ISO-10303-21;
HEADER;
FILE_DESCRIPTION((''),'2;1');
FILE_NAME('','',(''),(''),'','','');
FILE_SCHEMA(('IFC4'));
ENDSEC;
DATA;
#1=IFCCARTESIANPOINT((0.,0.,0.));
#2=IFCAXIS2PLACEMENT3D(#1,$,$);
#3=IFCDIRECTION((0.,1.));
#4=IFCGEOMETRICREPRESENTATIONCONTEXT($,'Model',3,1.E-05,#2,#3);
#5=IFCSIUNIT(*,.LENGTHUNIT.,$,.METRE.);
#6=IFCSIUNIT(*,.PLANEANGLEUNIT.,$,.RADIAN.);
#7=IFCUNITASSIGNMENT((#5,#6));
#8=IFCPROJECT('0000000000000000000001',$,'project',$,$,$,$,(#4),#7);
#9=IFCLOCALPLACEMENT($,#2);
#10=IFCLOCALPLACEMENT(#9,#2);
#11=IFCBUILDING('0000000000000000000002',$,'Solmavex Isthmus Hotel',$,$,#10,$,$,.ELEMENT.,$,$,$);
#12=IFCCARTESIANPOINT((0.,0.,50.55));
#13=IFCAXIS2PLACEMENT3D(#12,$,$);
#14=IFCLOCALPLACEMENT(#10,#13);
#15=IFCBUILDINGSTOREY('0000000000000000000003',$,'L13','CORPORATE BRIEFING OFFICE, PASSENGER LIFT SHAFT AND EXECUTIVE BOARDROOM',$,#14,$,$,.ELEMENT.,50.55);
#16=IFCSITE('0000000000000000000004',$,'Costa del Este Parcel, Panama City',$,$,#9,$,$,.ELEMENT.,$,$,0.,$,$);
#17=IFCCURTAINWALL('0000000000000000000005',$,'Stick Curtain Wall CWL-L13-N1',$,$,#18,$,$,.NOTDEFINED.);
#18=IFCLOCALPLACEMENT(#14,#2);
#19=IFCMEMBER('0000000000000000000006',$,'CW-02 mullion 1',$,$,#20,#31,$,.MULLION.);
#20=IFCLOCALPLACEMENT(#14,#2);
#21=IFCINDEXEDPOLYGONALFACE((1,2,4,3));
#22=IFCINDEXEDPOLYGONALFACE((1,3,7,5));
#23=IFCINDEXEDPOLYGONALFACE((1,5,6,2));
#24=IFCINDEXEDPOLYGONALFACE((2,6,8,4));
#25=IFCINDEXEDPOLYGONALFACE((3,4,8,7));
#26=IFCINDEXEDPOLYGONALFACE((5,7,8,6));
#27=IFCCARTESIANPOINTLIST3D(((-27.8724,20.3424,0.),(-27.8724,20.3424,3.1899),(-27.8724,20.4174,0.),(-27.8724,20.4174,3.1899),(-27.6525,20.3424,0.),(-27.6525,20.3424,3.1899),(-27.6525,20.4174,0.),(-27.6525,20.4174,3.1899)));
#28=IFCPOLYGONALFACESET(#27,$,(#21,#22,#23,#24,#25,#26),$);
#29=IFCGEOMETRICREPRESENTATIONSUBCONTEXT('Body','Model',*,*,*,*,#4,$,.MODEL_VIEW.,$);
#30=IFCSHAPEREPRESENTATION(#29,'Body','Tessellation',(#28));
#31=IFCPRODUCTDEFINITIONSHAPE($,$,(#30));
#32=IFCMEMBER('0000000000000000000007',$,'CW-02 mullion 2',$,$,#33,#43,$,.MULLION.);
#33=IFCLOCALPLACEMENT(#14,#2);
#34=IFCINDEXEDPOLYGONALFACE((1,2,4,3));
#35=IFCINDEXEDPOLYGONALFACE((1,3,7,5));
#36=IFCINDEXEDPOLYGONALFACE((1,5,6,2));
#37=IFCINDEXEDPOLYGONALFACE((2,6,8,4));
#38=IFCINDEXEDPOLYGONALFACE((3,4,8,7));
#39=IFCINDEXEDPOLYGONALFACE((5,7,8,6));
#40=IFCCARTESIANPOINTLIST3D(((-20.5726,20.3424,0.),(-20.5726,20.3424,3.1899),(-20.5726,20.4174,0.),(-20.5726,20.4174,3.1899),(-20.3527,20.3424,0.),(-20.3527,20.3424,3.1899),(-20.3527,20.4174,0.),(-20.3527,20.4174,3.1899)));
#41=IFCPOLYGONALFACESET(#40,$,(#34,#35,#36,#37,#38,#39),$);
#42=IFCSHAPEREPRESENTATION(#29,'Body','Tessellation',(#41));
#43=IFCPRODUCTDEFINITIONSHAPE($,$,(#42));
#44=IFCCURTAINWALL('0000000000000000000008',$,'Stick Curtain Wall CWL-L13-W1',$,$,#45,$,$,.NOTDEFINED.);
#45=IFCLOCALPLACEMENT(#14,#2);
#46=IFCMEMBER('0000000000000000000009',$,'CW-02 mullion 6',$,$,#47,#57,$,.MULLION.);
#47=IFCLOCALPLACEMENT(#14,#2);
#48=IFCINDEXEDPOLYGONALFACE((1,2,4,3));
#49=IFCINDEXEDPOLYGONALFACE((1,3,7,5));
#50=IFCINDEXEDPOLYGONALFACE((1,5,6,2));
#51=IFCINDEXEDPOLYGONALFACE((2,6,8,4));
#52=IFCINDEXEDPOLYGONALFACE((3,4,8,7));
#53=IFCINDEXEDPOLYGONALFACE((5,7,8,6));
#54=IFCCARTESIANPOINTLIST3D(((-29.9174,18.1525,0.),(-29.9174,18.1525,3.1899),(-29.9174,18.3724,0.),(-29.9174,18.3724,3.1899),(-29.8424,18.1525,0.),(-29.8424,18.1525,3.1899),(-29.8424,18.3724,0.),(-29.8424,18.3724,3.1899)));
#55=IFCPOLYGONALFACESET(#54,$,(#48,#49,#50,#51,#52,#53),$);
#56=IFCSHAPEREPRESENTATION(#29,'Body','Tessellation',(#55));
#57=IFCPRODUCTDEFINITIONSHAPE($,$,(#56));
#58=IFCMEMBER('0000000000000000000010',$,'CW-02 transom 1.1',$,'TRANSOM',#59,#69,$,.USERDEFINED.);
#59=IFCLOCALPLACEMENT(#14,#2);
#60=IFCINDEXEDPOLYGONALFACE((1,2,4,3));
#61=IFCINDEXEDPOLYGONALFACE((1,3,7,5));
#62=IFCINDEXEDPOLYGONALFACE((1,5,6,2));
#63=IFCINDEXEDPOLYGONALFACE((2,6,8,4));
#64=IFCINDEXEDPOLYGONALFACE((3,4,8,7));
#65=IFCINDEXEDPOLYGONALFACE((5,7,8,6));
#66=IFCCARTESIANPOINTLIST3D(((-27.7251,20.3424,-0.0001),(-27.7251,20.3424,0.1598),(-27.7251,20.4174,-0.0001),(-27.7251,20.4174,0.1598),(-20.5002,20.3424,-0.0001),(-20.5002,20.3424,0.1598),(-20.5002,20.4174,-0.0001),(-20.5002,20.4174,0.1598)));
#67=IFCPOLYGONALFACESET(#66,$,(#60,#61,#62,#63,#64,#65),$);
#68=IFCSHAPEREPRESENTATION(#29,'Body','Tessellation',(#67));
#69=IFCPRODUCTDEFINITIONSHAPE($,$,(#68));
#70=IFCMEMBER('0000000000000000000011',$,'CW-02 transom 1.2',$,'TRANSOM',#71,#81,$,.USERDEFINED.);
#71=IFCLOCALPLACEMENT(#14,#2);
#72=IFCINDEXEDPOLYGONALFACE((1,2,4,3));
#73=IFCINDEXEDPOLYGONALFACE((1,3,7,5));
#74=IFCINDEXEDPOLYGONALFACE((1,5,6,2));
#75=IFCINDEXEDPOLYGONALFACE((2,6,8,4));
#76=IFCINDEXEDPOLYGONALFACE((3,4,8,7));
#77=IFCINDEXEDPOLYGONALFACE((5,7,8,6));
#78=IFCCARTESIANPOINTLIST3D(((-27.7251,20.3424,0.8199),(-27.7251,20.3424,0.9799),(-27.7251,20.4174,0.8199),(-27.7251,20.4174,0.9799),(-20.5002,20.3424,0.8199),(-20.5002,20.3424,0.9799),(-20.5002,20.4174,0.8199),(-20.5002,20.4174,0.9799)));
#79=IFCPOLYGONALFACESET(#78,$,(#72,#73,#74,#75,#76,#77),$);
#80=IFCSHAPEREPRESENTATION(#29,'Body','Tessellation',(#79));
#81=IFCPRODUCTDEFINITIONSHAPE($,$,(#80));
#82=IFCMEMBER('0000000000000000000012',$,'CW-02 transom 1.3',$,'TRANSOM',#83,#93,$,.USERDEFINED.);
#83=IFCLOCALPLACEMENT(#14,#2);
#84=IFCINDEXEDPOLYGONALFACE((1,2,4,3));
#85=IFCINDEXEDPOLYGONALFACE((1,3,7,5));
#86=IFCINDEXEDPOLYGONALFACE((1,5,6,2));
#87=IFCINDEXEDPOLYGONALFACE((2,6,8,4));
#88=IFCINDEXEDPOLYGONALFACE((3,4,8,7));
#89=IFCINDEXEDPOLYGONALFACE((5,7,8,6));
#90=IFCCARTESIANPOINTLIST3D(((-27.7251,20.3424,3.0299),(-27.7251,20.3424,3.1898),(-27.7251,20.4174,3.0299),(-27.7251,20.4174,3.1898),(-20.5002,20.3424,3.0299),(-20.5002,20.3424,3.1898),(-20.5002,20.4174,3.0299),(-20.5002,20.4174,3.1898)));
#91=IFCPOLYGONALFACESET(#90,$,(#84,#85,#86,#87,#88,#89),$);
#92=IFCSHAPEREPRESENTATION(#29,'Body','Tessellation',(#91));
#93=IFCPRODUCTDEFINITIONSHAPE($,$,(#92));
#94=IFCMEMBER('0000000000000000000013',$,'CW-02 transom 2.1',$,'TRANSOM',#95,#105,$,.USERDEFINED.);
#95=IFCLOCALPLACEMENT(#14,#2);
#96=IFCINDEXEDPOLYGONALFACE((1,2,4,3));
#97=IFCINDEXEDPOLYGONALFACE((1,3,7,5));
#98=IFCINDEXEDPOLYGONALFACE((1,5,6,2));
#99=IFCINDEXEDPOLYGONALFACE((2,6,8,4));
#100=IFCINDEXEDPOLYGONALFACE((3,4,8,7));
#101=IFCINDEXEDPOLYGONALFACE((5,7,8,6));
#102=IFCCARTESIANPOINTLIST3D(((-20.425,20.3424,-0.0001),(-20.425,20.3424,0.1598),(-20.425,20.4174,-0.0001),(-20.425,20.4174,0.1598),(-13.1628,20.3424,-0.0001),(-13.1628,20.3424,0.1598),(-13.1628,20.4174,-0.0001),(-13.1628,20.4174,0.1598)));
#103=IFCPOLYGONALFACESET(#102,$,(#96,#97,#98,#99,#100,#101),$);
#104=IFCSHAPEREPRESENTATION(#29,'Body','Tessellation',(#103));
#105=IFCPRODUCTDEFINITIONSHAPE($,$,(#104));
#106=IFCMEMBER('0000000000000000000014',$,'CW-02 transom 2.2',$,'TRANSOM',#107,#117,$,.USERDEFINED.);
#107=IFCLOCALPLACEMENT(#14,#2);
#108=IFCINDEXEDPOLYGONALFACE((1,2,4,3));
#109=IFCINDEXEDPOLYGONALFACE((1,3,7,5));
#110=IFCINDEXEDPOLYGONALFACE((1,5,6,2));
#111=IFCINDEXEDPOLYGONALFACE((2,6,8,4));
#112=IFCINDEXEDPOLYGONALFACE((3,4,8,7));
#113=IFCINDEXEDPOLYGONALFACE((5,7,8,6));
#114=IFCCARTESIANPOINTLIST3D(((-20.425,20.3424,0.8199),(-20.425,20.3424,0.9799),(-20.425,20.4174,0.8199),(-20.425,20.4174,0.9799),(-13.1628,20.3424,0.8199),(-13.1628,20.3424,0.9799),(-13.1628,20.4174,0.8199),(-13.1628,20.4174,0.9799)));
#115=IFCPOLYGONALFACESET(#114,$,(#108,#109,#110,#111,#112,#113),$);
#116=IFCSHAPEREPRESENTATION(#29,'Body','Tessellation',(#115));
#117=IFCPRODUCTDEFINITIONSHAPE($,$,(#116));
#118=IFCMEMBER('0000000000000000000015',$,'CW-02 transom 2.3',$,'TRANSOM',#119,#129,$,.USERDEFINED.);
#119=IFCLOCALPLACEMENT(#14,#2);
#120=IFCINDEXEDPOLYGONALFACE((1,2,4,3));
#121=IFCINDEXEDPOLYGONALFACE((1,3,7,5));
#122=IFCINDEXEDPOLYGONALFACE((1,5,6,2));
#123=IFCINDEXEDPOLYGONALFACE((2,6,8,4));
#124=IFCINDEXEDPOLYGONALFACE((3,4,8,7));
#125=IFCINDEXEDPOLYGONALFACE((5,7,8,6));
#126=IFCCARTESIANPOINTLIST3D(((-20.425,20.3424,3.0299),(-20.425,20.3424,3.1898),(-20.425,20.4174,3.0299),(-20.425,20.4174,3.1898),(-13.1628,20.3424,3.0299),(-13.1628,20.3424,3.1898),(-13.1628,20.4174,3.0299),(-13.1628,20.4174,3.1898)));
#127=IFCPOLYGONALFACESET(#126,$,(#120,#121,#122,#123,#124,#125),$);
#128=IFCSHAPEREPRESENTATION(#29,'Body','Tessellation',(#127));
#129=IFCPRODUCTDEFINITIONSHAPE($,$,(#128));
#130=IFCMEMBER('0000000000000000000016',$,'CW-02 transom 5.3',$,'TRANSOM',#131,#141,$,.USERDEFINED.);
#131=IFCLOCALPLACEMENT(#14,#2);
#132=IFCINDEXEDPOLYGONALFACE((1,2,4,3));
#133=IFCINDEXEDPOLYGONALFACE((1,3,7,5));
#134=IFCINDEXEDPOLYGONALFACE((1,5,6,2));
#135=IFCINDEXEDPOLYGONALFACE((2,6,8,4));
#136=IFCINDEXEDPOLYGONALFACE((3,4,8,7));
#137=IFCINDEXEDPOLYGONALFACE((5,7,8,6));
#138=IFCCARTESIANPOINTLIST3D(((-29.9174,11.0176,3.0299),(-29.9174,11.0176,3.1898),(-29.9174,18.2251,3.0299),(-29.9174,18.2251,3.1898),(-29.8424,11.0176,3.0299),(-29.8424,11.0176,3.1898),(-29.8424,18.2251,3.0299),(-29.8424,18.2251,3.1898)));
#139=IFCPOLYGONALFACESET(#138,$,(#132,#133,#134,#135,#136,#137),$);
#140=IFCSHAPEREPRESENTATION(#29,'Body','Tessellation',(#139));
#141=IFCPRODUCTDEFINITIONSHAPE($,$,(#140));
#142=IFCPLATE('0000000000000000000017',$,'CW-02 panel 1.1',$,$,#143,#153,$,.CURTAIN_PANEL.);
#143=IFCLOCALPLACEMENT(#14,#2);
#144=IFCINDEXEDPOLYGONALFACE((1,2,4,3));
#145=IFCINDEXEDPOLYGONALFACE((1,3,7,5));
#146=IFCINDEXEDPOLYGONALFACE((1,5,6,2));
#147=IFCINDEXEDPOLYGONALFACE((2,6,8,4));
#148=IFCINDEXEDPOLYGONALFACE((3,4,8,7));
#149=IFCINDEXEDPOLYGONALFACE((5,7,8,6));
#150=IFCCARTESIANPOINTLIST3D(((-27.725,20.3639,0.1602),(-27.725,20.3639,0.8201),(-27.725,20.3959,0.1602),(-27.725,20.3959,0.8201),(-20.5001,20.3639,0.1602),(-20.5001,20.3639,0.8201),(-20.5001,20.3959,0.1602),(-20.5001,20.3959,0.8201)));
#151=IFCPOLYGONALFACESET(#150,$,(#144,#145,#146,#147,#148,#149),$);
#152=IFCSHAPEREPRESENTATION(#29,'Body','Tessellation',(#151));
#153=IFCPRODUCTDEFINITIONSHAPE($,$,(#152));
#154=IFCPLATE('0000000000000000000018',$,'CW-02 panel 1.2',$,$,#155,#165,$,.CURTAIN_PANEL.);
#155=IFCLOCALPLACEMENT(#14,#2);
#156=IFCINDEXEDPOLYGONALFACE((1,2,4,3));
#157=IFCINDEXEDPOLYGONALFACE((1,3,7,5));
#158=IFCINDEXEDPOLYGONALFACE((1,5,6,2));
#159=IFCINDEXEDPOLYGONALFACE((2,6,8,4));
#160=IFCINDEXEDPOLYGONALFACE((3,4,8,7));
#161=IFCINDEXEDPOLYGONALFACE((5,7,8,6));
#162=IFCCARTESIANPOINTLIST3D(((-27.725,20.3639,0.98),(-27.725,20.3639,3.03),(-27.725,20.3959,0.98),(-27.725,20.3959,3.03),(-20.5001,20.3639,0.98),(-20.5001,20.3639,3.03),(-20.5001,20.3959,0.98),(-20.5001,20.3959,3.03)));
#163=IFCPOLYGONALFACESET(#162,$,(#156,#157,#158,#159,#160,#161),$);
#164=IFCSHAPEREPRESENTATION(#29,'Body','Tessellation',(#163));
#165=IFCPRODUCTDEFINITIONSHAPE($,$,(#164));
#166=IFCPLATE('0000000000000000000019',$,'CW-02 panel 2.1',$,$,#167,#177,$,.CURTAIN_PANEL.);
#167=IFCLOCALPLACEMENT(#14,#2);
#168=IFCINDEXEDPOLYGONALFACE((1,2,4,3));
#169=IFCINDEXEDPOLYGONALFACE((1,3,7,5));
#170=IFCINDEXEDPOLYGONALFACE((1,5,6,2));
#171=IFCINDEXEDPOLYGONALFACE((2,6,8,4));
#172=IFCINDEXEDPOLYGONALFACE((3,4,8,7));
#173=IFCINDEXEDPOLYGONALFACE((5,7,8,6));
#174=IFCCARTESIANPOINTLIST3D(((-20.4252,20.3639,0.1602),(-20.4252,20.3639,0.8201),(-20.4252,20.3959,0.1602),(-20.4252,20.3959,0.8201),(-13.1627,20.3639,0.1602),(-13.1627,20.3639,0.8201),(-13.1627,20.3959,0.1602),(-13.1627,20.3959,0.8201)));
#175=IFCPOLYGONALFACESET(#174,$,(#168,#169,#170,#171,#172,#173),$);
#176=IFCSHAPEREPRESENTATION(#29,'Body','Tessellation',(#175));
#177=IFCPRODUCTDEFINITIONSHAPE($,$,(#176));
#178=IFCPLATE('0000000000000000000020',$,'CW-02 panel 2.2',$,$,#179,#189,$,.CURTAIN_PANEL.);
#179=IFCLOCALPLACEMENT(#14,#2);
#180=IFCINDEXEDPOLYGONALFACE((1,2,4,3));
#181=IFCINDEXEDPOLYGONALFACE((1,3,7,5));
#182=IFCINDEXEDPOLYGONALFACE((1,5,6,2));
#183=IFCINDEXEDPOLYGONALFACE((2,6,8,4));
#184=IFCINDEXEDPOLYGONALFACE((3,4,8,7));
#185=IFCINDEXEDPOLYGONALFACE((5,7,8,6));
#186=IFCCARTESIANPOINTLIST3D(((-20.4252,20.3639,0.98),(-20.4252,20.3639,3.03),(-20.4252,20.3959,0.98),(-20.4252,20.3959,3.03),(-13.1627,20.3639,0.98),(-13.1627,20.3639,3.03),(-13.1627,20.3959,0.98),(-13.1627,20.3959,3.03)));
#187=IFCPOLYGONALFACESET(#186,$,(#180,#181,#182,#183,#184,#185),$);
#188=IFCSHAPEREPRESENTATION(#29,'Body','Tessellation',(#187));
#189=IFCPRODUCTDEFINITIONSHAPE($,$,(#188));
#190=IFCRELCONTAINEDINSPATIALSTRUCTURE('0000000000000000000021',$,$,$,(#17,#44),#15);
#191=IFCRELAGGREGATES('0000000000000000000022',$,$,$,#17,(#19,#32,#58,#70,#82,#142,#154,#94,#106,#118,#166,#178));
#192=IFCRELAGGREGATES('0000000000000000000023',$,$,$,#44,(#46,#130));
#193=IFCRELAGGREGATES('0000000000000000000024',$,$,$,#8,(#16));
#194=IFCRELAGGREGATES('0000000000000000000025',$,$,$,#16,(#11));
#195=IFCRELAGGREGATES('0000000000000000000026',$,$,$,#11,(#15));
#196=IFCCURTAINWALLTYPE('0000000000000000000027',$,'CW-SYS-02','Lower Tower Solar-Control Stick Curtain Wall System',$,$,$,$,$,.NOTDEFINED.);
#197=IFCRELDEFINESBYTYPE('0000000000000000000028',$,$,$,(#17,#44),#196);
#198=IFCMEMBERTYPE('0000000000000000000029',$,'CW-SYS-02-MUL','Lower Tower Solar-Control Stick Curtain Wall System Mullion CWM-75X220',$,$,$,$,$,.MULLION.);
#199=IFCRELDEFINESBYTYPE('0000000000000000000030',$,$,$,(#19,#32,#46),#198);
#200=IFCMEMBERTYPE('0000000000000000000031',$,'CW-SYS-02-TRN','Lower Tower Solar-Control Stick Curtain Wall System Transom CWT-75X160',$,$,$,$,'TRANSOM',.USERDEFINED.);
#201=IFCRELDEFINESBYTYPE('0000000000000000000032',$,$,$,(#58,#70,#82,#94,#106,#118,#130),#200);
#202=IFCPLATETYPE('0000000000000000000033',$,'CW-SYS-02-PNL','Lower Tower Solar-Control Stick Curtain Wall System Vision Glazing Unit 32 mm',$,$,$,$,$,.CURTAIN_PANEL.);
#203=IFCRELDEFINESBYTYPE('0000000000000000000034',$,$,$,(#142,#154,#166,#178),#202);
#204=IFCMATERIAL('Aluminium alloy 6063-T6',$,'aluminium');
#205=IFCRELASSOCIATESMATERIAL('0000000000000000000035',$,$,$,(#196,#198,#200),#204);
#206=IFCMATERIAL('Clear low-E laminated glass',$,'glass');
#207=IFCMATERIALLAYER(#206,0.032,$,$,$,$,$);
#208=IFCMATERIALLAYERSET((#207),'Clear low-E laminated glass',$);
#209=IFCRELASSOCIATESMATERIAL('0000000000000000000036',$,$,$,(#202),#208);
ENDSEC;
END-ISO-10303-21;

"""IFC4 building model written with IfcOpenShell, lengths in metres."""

from ifc_helpers import new_model, si_unit, direction, frame, origin, origin_2d, place, context, subcontext, project, spatial, rectangle, extrude, material, layer, layer_set, material_profile, profile_set, type_object, element, aggregate, save


model = new_model("IFC4")

# Units and contexts
model_context = context("Model", 3, precision=1e-05, world=origin(), true_north=direction((0.0, 1.0)))
body_context = subcontext(model_context, "Body", "Model", "MODEL_VIEW")
ifc_project = project(units=[si_unit("LENGTHUNIT", "METRE"), si_unit("PLANEANGLEUNIT", "RADIAN")], contexts=[model_context])

# Site, building, storey
site_placement = place(None, origin())
site = spatial("IfcSite", under=ifc_project, at=site_placement, Name="Costa del Este Parcel, Panama City", CompositionType="ELEMENT", RefElevation=0.0)
building_placement = place(site_placement, origin())
building = spatial("IfcBuilding", under=site, at=building_placement, Name="Solmavex Isthmus Hotel", CompositionType="ELEMENT")
storey_placement = place(building_placement, frame((0.0, 0.0, 50.55)))
storey = spatial("IfcBuildingStorey", under=building, at=storey_placement, Name="L13", Description="CORPORATE BRIEFING OFFICE, PASSENGER LIFT SHAFT AND EXECUTIVE BOARDROOM", CompositionType="ELEMENT", Elevation=50.55)

# Curtain wall, members
ifc_material_1 = material(Name="Aluminium alloy 6063-T6", Category="aluminium")
curtain_wall_type = type_object("IfcCurtainWallType", Name="CW-SYS-02", Description="Lower Tower Solar-Control Stick Curtain Wall System", PredefinedType="NOTDEFINED", material=ifc_material_1)
curtain_wall_1_placement = place(storey_placement, origin())
curtain_wall_1 = element("IfcCurtainWall", 1, at=curtain_wall_1_placement, inside=storey, type_object=curtain_wall_type, Name="Stick Curtain Wall CWL-L13-N1", PredefinedType="NOTDEFINED")
ifc_material_profile_1 = material_profile(ifc_material_1, rectangle(XDim=0.075, YDim=0.22, at=origin_2d()), Name="CWM-75X220")
ifc_profile_set_1 = profile_set([ifc_material_profile_1], Name="Aluminium alloy 6063-T6")
member_type_1 = type_object("IfcMemberType", Name="CW-SYS-02-MUL", Description="Lower Tower Solar-Control Stick Curtain Wall System Mullion CWM-75X220", PredefinedType="MULLION", material=ifc_profile_set_1)
member_1_placement = place(storey_placement, frame((-27.7625, 20.3799, 0.0), z_axis=(0.0, 0.0, 1.0), x_axis=(0.0, 1.0, 0.0)))
member_1 = element("IfcMember", 2, at=member_1_placement, type_object=member_type_1, Name="CW-02 mullion 1", PredefinedType="MULLION", context=body_context, shape_type="SweptSolid", body=[
    extrude(rectangle(XDim=0.075, YDim=0.22, at=origin_2d()), origin(), (0.0, 0.0, 1.0), 3.1899),
])
member_2_placement = place(storey_placement, frame((-20.4626, 20.3799, 0.0), z_axis=(0.0, 0.0, 1.0), x_axis=(0.0, 1.0, 0.0)))
member_2 = element("IfcMember", 3, at=member_2_placement, type_object=member_type_1, Name="CW-02 mullion 2", PredefinedType="MULLION", context=body_context, shape_type="SweptSolid", body=[
    extrude(rectangle(XDim=0.075, YDim=0.22, at=origin_2d()), origin(), (0.0, 0.0, 1.0), 3.1899),
])

# Curtain wall, member
curtain_wall_2_placement = place(storey_placement, origin())
curtain_wall_2 = element("IfcCurtainWall", 4, at=curtain_wall_2_placement, inside=storey, type_object=curtain_wall_type, Name="Stick Curtain Wall CWL-L13-W1", PredefinedType="NOTDEFINED")
member_3_placement = place(storey_placement, frame((-29.8799, 18.2625, 0.0), z_axis=(0.0, 0.0, 1.0), x_axis=(-1.0, 0.0, 0.0)))
member_3 = element("IfcMember", 5, at=member_3_placement, type_object=member_type_1, Name="CW-02 mullion 6", PredefinedType="MULLION", context=body_context, shape_type="SweptSolid", body=[
    extrude(rectangle(XDim=0.075, YDim=0.22, at=origin_2d()), origin(), (0.0, 0.0, 1.0), 3.1899),
])

# Members
ifc_material_profile_2 = material_profile(ifc_material_1, rectangle(XDim=0.075, YDim=0.1599, at=origin_2d()), Name="CWT-75X160")
ifc_profile_set_2 = profile_set([ifc_material_profile_2], Name="Aluminium alloy 6063-T6")
member_type_2 = type_object("IfcMemberType", Name="CW-SYS-02-TRN", Description="Lower Tower Solar-Control Stick Curtain Wall System Transom CWT-75X160", ElementType="TRANSOM", PredefinedType="USERDEFINED", material=ifc_profile_set_2)
member_4_placement = place(storey_placement, frame((-27.7251, 20.3799, 0.0798), z_axis=(1.0, 0.0, 0.0), x_axis=(0.0, 1.0, 0.0)))
member_4 = element("IfcMember", 6, at=member_4_placement, type_object=member_type_2, Name="CW-02 transom 1.1", ObjectType="TRANSOM", PredefinedType="USERDEFINED", context=body_context, shape_type="SweptSolid", body=[
    extrude(rectangle(XDim=0.075, YDim=0.1599, at=origin_2d()), origin(), (0.0, 0.0, 1.0), 7.2249),
])
member_5_placement = place(storey_placement, frame((-27.7251, 20.3799, 0.8999), z_axis=(1.0, 0.0, 0.0), x_axis=(0.0, 1.0, 0.0)))
member_5 = element("IfcMember", 7, at=member_5_placement, type_object=member_type_2, Name="CW-02 transom 1.2", ObjectType="TRANSOM", PredefinedType="USERDEFINED", context=body_context, shape_type="SweptSolid", body=[
    extrude(rectangle(XDim=0.075, YDim=0.1599, at=origin_2d()), origin(), (0.0, 0.0, 1.0), 7.2249),
])
member_6_placement = place(storey_placement, frame((-27.7251, 20.3799, 3.1099), z_axis=(1.0, 0.0, 0.0), x_axis=(0.0, 1.0, 0.0)))
member_6 = element("IfcMember", 8, at=member_6_placement, type_object=member_type_2, Name="CW-02 transom 1.3", ObjectType="TRANSOM", PredefinedType="USERDEFINED", context=body_context, shape_type="SweptSolid", body=[
    extrude(rectangle(XDim=0.075, YDim=0.1599, at=origin_2d()), origin(), (0.0, 0.0, 1.0), 7.2249),
])
member_7_placement = place(storey_placement, frame((-20.425, 20.3799, 0.0798), z_axis=(1.0, 0.0, 0.0), x_axis=(0.0, 1.0, 0.0)))
member_7 = element("IfcMember", 9, at=member_7_placement, type_object=member_type_2, Name="CW-02 transom 2.1", ObjectType="TRANSOM", PredefinedType="USERDEFINED", context=body_context, shape_type="SweptSolid", body=[
    extrude(rectangle(XDim=0.075, YDim=0.1599, at=origin_2d()), origin(), (0.0, 0.0, 1.0), 7.2622),
])
member_8_placement = place(storey_placement, frame((-20.425, 20.3799, 0.8999), z_axis=(1.0, 0.0, 0.0), x_axis=(0.0, 1.0, 0.0)))
member_8 = element("IfcMember", 10, at=member_8_placement, type_object=member_type_2, Name="CW-02 transom 2.2", ObjectType="TRANSOM", PredefinedType="USERDEFINED", context=body_context, shape_type="SweptSolid", body=[
    extrude(rectangle(XDim=0.075, YDim=0.1599, at=origin_2d()), origin(), (0.0, 0.0, 1.0), 7.2622),
])
member_9_placement = place(storey_placement, frame((-20.425, 20.3799, 3.1099), z_axis=(1.0, 0.0, 0.0), x_axis=(0.0, 1.0, 0.0)))
member_9 = element("IfcMember", 11, at=member_9_placement, type_object=member_type_2, Name="CW-02 transom 2.3", ObjectType="TRANSOM", PredefinedType="USERDEFINED", context=body_context, shape_type="SweptSolid", body=[
    extrude(rectangle(XDim=0.075, YDim=0.1599, at=origin_2d()), origin(), (0.0, 0.0, 1.0), 7.2622),
])
member_10_placement = place(storey_placement, frame((-29.8799, 11.0176, 3.1099), z_axis=(0.0, 1.0, 0.0), x_axis=(-1.0, 0.0, 0.0)))
member_10 = element("IfcMember", 12, at=member_10_placement, type_object=member_type_2, Name="CW-02 transom 5.3", ObjectType="TRANSOM", PredefinedType="USERDEFINED", context=body_context, shape_type="SweptSolid", body=[
    extrude(rectangle(XDim=0.075, YDim=0.1599, at=origin_2d()), origin(), (0.0, 0.0, 1.0), 7.2075),
])

# Plates
ifc_material_2 = material(Name="Clear low-E laminated glass", Category="glass")
ifc_layer_1 = layer(ifc_material_2, 0.032)
ifc_layer_set_1 = layer_set([ifc_layer_1], Name="Clear low-E laminated glass")
plate_type = type_object("IfcPlateType", Name="CW-SYS-02-PNL", Description="Lower Tower Solar-Control Stick Curtain Wall System Vision Glazing Unit 32 mm", PredefinedType="CURTAIN_PANEL", material=ifc_layer_set_1)
plate_1_placement = place(storey_placement, frame((-24.1125, 20.3799, 0.1602), z_axis=(0.0, 0.0, 1.0), x_axis=(1.0, 0.0, 0.0)))
plate_1 = element("IfcPlate", 13, at=plate_1_placement, type_object=plate_type, Name="CW-02 panel 1.1", PredefinedType="CURTAIN_PANEL", context=body_context, shape_type="SweptSolid", body=[
    extrude(rectangle(XDim=7.2249, YDim=0.032, at=origin_2d()), origin(), (0.0, 0.0, 1.0), 0.6599),
])
plate_2_placement = place(storey_placement, frame((-24.1125, 20.3799, 0.98), z_axis=(0.0, 0.0, 1.0), x_axis=(1.0, 0.0, 0.0)))
plate_2 = element("IfcPlate", 14, at=plate_2_placement, type_object=plate_type, Name="CW-02 panel 1.2", PredefinedType="CURTAIN_PANEL", context=body_context, shape_type="SweptSolid", body=[
    extrude(rectangle(XDim=7.2249, YDim=0.032, at=origin_2d()), origin(), (0.0, 0.0, 1.0), 2.05),
])
plate_3_placement = place(storey_placement, frame((-16.7939, 20.3799, 0.1602), z_axis=(0.0, 0.0, 1.0), x_axis=(1.0, 0.0, 0.0)))
plate_3 = element("IfcPlate", 15, at=plate_3_placement, type_object=plate_type, Name="CW-02 panel 2.1", PredefinedType="CURTAIN_PANEL", context=body_context, shape_type="SweptSolid", body=[
    extrude(rectangle(XDim=7.2625, YDim=0.032, at=origin_2d()), origin(), (0.0, 0.0, 1.0), 0.6599),
])
plate_4_placement = place(storey_placement, frame((-16.7939, 20.3799, 0.98), z_axis=(0.0, 0.0, 1.0), x_axis=(1.0, 0.0, 0.0)))
plate_4 = element("IfcPlate", 16, at=plate_4_placement, type_object=plate_type, Name="CW-02 panel 2.2", PredefinedType="CURTAIN_PANEL", context=body_context, shape_type="SweptSolid", body=[
    extrude(rectangle(XDim=7.2625, YDim=0.032, at=origin_2d()), origin(), (0.0, 0.0, 1.0), 2.05),
])
aggregate(curtain_wall_1, [member_1, member_2, member_4, member_5, member_6, plate_1, plate_2, member_7, member_8, member_9, plate_3, plate_4])
aggregate(curtain_wall_2, [member_3, member_10])

save(model, "model.ifc")
